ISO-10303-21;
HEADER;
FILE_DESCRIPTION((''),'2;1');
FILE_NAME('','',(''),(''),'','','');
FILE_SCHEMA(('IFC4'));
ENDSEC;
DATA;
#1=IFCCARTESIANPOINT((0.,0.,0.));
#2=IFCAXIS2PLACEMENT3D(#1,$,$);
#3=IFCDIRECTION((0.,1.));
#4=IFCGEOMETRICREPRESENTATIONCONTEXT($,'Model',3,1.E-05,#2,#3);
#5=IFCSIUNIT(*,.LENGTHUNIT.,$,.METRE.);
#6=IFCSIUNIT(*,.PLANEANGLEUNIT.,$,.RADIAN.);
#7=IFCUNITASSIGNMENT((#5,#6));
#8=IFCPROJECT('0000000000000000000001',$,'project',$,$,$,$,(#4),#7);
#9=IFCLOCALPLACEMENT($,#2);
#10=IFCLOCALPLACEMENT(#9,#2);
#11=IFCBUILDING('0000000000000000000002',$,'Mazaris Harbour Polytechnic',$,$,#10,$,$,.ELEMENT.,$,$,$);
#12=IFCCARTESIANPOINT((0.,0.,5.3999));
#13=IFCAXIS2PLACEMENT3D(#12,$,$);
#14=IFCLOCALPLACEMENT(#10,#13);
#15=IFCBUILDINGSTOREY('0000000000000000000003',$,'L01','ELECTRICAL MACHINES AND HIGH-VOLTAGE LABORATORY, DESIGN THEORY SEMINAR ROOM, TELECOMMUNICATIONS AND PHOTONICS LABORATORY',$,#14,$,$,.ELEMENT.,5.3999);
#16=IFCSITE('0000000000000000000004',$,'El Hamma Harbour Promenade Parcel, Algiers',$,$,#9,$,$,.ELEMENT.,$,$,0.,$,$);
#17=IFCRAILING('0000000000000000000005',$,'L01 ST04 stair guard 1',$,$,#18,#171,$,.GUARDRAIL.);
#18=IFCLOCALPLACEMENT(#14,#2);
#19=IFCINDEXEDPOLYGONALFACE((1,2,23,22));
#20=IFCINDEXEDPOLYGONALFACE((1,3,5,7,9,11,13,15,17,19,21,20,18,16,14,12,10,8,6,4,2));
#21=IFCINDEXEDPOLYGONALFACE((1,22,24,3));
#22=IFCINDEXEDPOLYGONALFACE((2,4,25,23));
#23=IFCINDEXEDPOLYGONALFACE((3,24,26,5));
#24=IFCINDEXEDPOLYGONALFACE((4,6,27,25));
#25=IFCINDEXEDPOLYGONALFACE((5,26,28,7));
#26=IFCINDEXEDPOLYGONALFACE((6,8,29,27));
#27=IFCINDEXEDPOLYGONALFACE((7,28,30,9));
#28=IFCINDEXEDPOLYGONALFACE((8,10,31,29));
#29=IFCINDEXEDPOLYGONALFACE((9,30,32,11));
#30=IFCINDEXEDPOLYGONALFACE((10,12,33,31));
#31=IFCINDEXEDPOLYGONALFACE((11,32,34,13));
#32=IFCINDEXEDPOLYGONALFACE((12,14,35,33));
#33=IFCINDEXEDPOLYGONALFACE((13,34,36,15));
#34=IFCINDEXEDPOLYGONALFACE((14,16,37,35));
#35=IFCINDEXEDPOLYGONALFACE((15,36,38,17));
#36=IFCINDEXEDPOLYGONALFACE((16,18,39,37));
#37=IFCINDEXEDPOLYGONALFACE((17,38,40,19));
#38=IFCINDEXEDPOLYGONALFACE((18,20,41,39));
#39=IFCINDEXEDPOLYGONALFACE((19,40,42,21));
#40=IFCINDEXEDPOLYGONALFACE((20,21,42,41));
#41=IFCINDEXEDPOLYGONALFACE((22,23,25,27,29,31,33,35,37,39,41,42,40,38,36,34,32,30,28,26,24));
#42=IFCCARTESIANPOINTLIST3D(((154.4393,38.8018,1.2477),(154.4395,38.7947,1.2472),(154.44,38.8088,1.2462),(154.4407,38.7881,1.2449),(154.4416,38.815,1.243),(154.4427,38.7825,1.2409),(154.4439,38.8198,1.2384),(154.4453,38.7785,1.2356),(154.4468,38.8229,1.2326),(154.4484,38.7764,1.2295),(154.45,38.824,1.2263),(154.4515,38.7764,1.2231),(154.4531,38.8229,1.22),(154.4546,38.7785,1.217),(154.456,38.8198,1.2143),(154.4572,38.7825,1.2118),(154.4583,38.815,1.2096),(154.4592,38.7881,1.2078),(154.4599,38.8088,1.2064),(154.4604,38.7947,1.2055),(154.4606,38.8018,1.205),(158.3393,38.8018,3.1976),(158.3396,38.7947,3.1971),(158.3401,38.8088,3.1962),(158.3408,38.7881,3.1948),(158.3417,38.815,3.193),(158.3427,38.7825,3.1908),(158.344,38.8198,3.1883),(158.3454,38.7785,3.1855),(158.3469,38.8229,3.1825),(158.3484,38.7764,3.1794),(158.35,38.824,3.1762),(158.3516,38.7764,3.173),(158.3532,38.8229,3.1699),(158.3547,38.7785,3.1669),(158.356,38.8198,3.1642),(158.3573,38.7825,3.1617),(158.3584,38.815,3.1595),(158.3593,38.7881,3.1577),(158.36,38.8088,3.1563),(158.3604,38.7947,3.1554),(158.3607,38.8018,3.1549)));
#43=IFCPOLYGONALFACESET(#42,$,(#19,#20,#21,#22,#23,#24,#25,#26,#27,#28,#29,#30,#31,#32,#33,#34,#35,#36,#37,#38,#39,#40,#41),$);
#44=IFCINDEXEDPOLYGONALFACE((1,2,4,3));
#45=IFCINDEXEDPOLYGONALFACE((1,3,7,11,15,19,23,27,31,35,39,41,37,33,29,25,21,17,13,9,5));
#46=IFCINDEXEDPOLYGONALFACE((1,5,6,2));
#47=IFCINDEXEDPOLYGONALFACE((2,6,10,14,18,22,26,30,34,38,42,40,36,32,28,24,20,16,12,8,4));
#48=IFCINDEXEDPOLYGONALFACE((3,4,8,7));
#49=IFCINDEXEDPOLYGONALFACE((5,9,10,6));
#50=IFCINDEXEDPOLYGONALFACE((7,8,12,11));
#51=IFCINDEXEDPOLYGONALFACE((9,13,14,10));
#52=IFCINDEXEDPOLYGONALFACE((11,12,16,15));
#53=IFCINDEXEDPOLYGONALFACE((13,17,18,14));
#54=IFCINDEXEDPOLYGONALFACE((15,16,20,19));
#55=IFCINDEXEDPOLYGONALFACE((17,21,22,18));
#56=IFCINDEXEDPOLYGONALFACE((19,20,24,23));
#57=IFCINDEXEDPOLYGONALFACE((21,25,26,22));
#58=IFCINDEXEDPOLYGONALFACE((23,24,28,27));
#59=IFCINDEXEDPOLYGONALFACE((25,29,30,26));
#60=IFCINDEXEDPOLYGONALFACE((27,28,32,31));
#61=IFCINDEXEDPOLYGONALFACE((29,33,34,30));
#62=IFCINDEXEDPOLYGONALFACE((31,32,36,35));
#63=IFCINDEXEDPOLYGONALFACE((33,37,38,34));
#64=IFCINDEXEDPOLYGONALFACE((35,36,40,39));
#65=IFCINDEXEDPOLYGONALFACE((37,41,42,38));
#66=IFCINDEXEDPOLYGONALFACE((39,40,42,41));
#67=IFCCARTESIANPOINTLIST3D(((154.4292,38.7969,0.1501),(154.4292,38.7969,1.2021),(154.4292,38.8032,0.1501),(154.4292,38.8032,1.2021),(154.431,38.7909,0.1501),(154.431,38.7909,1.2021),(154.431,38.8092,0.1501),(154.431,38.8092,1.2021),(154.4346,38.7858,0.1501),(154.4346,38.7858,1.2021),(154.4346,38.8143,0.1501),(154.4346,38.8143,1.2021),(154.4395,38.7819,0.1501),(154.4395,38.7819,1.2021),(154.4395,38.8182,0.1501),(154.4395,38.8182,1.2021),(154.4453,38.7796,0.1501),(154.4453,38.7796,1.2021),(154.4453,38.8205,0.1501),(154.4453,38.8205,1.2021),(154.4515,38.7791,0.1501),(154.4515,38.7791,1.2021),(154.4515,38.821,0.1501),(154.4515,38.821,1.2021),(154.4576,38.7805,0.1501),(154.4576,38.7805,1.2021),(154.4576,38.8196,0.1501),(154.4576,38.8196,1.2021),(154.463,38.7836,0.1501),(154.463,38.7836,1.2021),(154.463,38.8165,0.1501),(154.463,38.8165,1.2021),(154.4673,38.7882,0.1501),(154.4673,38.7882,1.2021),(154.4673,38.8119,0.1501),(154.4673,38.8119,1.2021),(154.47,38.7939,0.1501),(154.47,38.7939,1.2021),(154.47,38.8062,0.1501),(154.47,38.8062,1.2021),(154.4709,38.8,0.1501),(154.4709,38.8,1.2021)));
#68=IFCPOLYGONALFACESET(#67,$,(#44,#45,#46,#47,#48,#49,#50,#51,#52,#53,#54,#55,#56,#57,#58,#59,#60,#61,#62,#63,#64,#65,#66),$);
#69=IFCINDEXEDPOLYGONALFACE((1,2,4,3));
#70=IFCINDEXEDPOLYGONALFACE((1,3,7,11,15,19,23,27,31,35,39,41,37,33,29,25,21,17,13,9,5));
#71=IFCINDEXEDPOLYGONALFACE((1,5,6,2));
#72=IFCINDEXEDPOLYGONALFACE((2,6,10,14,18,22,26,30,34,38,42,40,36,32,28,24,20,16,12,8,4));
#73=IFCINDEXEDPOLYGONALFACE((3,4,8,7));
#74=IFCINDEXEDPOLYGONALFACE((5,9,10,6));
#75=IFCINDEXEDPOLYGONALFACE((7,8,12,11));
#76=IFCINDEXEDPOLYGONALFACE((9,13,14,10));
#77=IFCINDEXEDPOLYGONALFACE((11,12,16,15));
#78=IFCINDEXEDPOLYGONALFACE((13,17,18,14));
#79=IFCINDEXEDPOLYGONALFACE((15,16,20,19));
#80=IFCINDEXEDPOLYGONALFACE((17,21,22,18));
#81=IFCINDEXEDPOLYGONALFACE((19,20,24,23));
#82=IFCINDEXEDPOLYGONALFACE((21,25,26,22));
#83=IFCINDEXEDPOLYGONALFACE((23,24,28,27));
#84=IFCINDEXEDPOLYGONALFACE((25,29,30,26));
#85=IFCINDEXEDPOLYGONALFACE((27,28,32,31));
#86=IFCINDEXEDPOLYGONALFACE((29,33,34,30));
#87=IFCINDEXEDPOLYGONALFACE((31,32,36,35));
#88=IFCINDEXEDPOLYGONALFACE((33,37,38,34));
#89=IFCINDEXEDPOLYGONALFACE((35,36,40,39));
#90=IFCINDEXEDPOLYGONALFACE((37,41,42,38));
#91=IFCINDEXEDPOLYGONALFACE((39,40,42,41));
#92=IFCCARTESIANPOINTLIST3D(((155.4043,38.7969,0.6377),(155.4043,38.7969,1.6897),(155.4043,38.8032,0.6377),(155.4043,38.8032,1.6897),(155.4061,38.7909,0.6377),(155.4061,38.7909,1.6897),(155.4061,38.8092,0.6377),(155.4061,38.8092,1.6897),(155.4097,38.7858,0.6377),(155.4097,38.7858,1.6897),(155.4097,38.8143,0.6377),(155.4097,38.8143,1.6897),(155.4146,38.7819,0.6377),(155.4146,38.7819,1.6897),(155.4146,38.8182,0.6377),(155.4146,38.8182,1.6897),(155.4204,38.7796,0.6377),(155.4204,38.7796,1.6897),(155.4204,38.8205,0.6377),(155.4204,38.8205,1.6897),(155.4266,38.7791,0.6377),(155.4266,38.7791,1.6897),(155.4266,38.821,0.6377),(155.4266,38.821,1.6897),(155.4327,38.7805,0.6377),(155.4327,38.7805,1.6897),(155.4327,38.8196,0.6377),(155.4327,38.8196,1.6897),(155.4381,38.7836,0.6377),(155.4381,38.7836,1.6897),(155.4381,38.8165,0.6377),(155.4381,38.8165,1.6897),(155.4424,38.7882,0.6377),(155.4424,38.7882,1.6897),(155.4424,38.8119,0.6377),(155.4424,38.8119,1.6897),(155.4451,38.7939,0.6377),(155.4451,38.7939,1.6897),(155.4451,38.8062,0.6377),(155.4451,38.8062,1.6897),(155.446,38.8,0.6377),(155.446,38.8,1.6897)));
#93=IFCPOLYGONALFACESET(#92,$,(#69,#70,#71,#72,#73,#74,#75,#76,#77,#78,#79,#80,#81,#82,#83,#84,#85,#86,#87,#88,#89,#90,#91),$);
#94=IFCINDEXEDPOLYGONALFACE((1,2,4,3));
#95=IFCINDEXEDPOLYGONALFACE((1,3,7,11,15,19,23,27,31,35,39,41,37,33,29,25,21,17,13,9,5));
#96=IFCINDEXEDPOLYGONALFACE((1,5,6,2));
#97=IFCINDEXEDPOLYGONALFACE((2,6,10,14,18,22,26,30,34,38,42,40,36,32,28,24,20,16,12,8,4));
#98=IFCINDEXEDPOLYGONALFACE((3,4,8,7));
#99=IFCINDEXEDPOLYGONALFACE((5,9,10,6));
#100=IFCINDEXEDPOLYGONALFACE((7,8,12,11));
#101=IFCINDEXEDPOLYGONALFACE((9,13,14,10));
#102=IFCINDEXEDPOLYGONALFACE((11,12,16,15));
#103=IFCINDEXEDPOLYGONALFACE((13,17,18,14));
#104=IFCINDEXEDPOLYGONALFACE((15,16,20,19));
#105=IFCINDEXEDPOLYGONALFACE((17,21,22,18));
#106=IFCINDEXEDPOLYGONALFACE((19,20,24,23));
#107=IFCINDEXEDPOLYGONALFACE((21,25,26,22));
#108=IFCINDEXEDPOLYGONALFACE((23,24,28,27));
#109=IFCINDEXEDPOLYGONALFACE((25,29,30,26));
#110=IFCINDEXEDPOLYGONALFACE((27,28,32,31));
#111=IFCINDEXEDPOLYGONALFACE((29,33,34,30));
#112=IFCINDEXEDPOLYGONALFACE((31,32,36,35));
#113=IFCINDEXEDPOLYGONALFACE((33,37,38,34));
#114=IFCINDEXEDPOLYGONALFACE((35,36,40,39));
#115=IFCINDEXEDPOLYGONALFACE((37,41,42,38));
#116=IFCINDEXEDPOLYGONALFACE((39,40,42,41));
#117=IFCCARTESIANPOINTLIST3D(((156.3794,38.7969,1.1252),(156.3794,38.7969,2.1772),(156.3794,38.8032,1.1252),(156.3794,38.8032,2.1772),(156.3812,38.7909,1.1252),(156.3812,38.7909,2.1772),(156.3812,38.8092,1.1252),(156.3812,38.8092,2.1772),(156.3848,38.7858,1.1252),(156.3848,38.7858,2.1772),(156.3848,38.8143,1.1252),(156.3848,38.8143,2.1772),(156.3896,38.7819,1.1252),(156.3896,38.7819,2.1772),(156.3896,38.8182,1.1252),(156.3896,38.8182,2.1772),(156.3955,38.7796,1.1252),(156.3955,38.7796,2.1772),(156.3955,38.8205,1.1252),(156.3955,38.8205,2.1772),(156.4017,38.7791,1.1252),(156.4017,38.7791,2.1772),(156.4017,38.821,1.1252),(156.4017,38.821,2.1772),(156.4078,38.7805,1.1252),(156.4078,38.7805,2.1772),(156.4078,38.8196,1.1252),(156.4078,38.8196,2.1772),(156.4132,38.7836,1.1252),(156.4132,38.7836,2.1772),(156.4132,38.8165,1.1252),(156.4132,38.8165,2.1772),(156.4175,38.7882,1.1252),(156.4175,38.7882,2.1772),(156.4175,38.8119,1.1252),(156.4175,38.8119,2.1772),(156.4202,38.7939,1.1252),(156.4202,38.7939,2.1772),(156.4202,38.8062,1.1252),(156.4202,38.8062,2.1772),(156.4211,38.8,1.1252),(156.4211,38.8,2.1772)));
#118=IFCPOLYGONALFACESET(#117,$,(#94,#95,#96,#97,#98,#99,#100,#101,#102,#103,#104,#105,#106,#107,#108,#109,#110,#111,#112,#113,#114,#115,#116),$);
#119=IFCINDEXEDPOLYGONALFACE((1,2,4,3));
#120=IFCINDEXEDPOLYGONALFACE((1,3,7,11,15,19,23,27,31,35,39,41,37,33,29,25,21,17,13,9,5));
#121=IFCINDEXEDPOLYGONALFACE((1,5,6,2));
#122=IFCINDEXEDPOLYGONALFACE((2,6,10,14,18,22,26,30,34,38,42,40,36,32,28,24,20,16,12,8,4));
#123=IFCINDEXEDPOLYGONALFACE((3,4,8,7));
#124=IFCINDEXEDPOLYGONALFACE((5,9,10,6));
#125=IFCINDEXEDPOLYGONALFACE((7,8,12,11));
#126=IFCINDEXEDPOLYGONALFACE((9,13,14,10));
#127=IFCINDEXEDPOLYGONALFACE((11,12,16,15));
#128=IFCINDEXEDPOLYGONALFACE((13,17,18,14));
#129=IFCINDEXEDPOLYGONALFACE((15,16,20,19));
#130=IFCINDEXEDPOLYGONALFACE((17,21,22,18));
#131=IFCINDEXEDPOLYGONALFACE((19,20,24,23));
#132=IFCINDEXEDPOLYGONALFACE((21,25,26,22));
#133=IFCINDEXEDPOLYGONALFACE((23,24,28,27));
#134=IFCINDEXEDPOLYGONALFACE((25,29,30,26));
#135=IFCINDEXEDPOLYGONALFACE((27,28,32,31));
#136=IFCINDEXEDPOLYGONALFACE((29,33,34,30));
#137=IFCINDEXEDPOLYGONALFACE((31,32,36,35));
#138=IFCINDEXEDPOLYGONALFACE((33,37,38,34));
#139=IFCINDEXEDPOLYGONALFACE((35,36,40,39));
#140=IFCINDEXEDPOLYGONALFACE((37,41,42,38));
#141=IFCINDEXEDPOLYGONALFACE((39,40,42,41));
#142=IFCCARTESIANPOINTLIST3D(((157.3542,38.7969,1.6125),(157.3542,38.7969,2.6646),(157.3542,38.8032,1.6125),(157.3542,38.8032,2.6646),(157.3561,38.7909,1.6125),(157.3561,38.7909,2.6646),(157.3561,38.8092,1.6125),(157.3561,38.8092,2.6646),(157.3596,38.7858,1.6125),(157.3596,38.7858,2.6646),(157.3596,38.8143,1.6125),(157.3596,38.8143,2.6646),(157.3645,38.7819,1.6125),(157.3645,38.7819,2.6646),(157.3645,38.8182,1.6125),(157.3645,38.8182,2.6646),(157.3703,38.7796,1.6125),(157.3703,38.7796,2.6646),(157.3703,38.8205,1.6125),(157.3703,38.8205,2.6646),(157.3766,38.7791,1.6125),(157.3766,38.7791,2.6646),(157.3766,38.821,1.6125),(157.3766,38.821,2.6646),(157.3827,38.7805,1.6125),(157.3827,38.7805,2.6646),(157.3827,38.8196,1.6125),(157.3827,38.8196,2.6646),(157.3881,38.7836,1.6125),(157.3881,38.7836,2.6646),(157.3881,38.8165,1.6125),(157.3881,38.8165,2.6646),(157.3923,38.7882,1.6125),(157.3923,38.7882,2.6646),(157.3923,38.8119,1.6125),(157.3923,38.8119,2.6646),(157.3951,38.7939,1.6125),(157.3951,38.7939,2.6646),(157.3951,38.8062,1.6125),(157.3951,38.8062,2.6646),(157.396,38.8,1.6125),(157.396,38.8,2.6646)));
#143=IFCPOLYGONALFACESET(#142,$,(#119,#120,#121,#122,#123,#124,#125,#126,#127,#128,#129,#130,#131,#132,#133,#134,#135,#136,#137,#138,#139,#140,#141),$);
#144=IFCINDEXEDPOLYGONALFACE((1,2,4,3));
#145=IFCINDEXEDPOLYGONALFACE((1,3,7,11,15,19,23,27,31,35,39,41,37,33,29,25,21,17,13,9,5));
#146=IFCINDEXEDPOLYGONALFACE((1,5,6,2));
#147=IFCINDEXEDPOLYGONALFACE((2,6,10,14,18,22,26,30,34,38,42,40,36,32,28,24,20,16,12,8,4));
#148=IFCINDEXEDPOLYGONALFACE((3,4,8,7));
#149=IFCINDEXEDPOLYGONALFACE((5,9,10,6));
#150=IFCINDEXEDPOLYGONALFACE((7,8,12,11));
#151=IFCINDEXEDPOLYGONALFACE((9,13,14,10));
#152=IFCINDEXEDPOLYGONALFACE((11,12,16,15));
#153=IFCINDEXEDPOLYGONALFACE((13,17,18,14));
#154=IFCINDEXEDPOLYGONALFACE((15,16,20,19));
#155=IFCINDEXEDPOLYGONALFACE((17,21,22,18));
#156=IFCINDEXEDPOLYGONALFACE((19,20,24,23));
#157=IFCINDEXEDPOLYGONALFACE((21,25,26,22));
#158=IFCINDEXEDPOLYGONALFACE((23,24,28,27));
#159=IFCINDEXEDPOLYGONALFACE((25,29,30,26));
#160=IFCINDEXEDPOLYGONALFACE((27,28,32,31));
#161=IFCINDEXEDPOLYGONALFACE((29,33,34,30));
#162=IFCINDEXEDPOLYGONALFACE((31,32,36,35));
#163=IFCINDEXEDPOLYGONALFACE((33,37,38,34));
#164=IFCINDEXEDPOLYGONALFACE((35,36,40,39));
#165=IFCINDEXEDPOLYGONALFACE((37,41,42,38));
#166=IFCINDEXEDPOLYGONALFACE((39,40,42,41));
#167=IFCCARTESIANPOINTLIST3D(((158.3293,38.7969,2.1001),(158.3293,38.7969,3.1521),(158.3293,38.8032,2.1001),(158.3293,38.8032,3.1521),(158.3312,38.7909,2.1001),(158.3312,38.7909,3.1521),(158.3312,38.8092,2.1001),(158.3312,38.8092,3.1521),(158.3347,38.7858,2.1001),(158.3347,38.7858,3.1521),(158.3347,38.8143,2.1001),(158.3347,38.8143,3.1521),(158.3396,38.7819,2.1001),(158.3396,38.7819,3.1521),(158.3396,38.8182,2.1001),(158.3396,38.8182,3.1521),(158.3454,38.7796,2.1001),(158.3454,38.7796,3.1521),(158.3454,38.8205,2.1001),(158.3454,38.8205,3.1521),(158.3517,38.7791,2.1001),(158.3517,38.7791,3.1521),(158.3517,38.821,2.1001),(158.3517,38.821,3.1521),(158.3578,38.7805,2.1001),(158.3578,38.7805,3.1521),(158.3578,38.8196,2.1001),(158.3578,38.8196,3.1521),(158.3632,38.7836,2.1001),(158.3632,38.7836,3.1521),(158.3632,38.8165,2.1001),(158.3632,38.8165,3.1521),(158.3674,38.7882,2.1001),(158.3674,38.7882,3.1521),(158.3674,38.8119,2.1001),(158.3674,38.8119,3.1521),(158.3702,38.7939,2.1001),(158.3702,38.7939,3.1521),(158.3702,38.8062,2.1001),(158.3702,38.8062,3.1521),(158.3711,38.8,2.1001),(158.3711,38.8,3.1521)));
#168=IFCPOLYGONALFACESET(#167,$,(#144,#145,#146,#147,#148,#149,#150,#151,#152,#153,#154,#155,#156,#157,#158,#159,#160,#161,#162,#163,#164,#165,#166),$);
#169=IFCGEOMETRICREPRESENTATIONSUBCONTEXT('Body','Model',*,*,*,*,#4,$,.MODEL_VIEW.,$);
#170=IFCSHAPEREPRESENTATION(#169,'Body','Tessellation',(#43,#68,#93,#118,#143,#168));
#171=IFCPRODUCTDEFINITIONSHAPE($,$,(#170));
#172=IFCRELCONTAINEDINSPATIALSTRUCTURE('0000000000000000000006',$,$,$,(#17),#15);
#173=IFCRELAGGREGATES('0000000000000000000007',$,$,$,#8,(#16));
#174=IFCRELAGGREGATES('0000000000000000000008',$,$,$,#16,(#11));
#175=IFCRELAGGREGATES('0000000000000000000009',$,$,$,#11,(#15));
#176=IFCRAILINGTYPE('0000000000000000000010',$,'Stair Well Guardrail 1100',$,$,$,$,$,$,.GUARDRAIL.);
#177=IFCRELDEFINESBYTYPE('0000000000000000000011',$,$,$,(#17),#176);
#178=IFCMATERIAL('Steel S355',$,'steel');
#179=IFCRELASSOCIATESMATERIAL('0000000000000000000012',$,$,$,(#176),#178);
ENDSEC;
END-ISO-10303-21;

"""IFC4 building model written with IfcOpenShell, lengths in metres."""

from ifc_helpers import new_model, si_unit, direction, frame, origin, origin_2d, place, context, subcontext, project, spatial, circle, extrude, material, type_object, element, save


model = new_model("IFC4")

# Units and contexts
model_context = context("Model", 3, precision=1e-05, world=origin(), true_north=direction((0.0, 1.0)))
body_context = subcontext(model_context, "Body", "Model", "MODEL_VIEW")
ifc_project = project(units=[si_unit("LENGTHUNIT", "METRE"), si_unit("PLANEANGLEUNIT", "RADIAN")], contexts=[model_context])

# Site, building, storey
site_placement = place(None, origin())
site = spatial("IfcSite", under=ifc_project, at=site_placement, Name="El Hamma Harbour Promenade Parcel, Algiers", CompositionType="ELEMENT", RefElevation=0.0)
building_placement = place(site_placement, origin())
building = spatial("IfcBuilding", under=site, at=building_placement, Name="Mazaris Harbour Polytechnic", CompositionType="ELEMENT")
storey_placement = place(building_placement, frame((0.0, 0.0, 5.3999)))
storey = spatial("IfcBuildingStorey", under=building, at=storey_placement, Name="L01", Description="ELECTRICAL MACHINES AND HIGH-VOLTAGE LABORATORY, DESIGN THEORY SEMINAR ROOM, TELECOMMUNICATIONS AND PHOTONICS LABORATORY", CompositionType="ELEMENT", Elevation=5.3999)

# Railing
ifc_material_1 = material(Name="Steel S355", Category="steel")
railing_type_1 = type_object("IfcRailingType", Name="Stair Well Guardrail 1100", PredefinedType="GUARDRAIL", material=ifc_material_1)
railing_1_placement = place(storey_placement, frame((154.45, 38.8, 0.1501)))
element("IfcRailing", 1, at=railing_1_placement, inside=storey, type_object=railing_type_1, Name="L01 ST04 stair guard 1", PredefinedType="GUARDRAIL", context=body_context, shape_type="SweptSolid", body=[
    extrude(circle(Radius=0.0239, at=origin_2d()), frame((0.0, 0.0, 1.0762), z_axis=(0.894438, 0.0, 0.447191), x_axis=(0.0, 1.0, 0.0)), (0.0, 0.0, 1.0), 4.3604),
    extrude(circle(Radius=0.021, at=origin_2d()), origin(), (0.0, 0.0, 1.0), 1.052),
    extrude(circle(Radius=0.021, at=origin_2d()), frame((0.9751, 0.0, 0.4875)), (0.0, 0.0, 1.0), 1.052),
    extrude(circle(Radius=0.021, at=origin_2d()), frame((1.9502, 0.0, 0.9751)), (0.0, 0.0, 1.0), 1.052),
    extrude(circle(Radius=0.021, at=origin_2d()), frame((2.925, 0.0, 1.4624)), (0.0, 0.0, 1.0), 1.052),
    extrude(circle(Radius=0.021, at=origin_2d()), frame((3.9001, 0.0, 1.95)), (0.0, 0.0, 1.0), 1.052),
])

save(model, "model.ifc")
